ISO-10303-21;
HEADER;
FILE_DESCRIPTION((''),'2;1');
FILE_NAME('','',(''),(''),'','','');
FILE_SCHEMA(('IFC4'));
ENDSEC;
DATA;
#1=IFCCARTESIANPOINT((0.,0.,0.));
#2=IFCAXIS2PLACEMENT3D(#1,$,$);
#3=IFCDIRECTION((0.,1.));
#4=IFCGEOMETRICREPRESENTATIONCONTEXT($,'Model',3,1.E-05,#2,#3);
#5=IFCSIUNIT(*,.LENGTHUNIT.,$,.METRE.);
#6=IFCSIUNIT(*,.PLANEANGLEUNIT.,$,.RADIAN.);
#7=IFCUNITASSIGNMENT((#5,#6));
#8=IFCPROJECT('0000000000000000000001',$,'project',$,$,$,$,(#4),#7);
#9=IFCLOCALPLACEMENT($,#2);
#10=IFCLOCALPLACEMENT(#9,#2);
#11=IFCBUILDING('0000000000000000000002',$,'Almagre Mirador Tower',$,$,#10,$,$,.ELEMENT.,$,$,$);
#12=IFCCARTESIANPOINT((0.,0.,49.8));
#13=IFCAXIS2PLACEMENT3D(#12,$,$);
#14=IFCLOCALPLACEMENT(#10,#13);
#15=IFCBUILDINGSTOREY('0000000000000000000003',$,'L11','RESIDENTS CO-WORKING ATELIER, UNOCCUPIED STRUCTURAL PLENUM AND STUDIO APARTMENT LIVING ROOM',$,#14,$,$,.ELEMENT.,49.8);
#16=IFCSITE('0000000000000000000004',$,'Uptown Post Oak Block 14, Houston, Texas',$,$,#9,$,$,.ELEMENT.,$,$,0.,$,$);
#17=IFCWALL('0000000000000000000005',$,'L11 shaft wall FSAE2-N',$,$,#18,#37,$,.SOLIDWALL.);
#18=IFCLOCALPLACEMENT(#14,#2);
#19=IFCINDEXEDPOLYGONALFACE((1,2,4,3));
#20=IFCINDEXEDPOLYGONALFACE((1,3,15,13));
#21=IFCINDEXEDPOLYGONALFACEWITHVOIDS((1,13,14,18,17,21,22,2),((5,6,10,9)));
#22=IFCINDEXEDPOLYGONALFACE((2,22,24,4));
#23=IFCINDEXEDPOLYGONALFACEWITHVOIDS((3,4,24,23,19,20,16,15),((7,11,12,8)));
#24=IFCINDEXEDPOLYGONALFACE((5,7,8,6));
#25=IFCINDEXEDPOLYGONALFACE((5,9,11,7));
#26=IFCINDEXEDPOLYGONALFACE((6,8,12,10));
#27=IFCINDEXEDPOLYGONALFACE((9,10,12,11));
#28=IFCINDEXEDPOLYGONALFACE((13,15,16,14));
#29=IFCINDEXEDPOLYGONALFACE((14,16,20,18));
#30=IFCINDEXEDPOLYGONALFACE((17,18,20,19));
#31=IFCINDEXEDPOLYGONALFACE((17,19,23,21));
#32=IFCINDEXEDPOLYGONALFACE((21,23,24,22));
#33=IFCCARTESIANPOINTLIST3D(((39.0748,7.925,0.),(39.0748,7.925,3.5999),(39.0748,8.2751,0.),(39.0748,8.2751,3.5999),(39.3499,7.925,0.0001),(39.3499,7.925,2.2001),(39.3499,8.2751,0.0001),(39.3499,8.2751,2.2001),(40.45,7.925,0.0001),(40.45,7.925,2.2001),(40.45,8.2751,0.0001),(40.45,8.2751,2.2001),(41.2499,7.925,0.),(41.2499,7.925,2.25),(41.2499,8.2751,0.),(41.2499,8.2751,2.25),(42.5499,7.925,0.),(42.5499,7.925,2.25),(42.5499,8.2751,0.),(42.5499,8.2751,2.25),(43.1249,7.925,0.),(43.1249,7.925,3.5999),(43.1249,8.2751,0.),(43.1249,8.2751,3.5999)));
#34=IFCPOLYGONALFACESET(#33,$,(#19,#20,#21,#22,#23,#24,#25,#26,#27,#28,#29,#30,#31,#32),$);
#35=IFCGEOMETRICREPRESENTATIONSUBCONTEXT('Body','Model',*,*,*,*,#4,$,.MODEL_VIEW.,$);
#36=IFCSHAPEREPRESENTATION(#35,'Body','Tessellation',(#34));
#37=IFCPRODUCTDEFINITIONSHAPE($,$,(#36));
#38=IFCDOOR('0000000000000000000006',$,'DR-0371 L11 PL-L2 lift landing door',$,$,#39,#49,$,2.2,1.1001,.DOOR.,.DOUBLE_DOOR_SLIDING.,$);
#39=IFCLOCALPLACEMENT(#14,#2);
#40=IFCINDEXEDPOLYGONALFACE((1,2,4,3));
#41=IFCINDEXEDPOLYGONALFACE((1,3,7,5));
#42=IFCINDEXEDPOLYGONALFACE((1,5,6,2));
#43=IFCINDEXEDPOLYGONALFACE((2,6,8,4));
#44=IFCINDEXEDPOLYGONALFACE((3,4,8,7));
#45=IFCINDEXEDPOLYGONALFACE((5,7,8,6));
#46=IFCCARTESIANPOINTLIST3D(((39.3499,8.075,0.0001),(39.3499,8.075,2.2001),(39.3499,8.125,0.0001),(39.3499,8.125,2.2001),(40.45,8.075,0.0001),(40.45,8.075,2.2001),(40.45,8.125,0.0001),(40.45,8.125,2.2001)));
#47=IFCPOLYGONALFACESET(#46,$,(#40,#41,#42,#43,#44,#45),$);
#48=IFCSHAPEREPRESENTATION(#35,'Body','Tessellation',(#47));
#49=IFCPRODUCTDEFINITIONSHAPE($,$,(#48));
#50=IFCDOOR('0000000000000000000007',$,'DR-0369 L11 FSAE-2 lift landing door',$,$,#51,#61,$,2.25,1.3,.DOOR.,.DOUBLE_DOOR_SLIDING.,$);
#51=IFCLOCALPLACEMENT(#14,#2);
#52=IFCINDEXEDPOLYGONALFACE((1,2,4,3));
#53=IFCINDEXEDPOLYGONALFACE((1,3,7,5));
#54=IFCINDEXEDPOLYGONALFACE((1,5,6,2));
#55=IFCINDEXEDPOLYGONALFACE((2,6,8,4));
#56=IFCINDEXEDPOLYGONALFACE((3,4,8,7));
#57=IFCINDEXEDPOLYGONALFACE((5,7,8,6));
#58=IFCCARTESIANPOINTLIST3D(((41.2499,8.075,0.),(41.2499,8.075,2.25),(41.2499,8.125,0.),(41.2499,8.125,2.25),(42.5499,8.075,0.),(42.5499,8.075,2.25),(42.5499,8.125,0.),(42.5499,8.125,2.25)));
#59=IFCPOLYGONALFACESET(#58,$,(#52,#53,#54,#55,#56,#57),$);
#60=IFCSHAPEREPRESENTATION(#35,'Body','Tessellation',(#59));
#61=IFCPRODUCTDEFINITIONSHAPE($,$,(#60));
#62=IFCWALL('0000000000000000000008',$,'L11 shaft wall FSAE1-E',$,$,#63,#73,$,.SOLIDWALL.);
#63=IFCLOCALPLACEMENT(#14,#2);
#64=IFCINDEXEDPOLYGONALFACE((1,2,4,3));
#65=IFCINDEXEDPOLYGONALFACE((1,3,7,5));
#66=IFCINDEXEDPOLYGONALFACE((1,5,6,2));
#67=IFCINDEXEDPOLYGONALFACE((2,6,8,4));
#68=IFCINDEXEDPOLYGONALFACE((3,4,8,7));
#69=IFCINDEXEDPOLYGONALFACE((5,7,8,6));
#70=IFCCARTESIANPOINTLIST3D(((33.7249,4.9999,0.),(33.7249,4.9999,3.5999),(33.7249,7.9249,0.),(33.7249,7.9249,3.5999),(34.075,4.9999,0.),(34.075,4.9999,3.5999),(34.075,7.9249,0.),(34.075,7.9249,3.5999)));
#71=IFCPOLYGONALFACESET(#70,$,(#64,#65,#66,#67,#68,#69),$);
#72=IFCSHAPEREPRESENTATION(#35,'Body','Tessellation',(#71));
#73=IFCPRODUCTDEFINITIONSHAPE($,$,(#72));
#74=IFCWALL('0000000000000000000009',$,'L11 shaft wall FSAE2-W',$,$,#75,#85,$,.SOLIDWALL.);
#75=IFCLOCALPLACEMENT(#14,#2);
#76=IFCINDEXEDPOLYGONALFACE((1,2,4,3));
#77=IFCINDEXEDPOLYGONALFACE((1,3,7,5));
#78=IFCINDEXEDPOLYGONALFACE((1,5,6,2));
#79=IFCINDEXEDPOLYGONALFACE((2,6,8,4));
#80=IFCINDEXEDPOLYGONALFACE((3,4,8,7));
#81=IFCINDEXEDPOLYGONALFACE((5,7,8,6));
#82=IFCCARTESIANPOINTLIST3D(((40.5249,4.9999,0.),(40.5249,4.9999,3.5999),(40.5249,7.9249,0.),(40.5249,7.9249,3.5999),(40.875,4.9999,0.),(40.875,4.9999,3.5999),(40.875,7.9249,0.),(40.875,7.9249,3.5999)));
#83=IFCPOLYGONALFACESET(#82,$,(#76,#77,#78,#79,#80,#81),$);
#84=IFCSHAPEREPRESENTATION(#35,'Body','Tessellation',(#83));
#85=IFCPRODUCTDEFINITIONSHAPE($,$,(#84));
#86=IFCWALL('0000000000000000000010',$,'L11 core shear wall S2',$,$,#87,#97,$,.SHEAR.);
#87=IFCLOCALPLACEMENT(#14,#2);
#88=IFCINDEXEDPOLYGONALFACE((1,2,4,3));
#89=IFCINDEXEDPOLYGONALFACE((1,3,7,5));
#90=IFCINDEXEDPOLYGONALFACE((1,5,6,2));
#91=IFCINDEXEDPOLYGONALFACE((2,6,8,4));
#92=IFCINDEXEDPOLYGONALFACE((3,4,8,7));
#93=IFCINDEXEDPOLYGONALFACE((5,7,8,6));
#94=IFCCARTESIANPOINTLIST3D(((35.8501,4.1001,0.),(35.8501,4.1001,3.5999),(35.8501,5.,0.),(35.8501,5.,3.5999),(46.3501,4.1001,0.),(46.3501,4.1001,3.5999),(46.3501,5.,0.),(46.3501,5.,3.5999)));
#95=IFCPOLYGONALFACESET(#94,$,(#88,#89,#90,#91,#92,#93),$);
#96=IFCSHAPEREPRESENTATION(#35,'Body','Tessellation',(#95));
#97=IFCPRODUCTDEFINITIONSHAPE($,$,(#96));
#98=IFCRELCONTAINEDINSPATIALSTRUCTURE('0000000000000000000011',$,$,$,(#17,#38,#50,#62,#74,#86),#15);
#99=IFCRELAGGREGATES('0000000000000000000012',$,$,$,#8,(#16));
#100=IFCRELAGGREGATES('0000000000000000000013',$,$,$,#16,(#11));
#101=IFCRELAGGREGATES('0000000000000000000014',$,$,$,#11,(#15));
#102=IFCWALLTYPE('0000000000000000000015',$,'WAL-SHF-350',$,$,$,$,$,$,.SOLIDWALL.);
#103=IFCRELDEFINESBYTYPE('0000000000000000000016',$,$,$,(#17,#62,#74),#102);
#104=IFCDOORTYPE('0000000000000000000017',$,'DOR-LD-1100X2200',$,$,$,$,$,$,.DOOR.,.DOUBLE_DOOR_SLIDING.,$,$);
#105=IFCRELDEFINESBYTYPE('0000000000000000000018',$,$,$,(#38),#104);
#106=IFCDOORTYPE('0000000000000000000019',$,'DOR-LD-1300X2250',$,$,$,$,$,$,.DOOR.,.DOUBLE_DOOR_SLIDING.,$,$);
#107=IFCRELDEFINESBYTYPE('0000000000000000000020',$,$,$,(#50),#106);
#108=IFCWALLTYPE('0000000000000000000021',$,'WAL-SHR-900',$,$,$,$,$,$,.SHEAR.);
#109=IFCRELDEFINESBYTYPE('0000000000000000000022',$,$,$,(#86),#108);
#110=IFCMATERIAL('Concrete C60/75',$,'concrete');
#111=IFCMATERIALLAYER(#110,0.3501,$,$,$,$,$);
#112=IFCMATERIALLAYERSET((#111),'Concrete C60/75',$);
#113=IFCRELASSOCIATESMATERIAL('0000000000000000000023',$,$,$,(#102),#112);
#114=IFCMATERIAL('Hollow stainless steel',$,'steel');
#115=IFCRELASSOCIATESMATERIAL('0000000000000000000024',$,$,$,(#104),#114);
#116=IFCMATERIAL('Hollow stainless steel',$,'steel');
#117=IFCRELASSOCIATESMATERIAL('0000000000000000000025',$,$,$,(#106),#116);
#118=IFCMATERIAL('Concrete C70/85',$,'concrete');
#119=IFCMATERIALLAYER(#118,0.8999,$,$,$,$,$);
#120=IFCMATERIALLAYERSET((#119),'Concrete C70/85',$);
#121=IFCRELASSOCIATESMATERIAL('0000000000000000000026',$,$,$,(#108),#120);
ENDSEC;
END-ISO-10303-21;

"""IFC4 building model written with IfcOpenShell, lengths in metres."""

from ifc_helpers import new_model, si_unit, direction, frame, frame_2d, origin, place, context, subcontext, project, spatial, rectangle, extrude, material, layer, layer_set, type_object, element, fill, save


model = new_model("IFC4")

# Units and contexts
model_context = context("Model", 3, precision=1e-05, world=origin(), true_north=direction((0.0, 1.0)))
body_context = subcontext(model_context, "Body", "Model", "MODEL_VIEW")
ifc_project = project(units=[si_unit("LENGTHUNIT", "METRE"), si_unit("PLANEANGLEUNIT", "RADIAN")], contexts=[model_context])

# Site, building, storey
site_placement = place(None, origin())
site = spatial("IfcSite", under=ifc_project, at=site_placement, Name="Uptown Post Oak Block 14, Houston, Texas", CompositionType="ELEMENT", RefElevation=0.0)
building_placement = place(site_placement, origin())
building = spatial("IfcBuilding", under=site, at=building_placement, Name="Almagre Mirador Tower", CompositionType="ELEMENT")
storey_placement = place(building_placement, frame((0.0, 0.0, 49.8)))
storey = spatial("IfcBuildingStorey", under=building, at=storey_placement, Name="L11", Description="RESIDENTS CO-WORKING ATELIER, UNOCCUPIED STRUCTURAL PLENUM AND STUDIO APARTMENT LIVING ROOM", CompositionType="ELEMENT", Elevation=49.8)

# Shared definitions
ifc_material_1 = material(Name="Concrete C60/75", Category="concrete")
ifc_layer_1 = layer(ifc_material_1, 0.3501)
ifc_layer_set_1 = layer_set([ifc_layer_1], Name="Concrete C60/75")
wall_type_1 = type_object("IfcWallType", Name="WAL-SHF-350", PredefinedType="SOLIDWALL", material=ifc_layer_set_1)

# Wall, openings, doors
wall_1_placement = place(storey_placement, frame((39.075, 8.1001, 0.0), z_axis=(0.0, 0.0, 1.0), x_axis=(1.0, 0.0, 0.0)))
wall_1 = element("IfcWall", 1, at=wall_1_placement, inside=storey, type_object=wall_type_1, Name="L11 shaft wall FSAE2-N", PredefinedType="SOLIDWALL", context=body_context, shape_type="SweptSolid", body=[
    extrude(rectangle(XDim=4.05, YDim=0.3501, at=frame_2d((2.0249, 0.0))), origin(), (0.0, 0.0, 1.0), 3.5999),
])
opening_1_placement = place(wall_1_placement, frame((2.175, 0.0, 0.0)))
opening_1 = element("IfcOpeningElement", 2, at=opening_1_placement, cuts=wall_1, PredefinedType="OPENING", context=body_context, shape_type="SweptSolid", body=[
    extrude(rectangle(XDim=1.3, YDim=2.25, at=frame_2d((0.6499, 1.125))), frame((0.0, 0.185, 0.0), z_axis=(0.0, -1.0, 0.0), x_axis=(1.0, 0.0, 0.0)), (0.0, 0.0, 1.0), 0.3701),
])
opening_2_placement = place(wall_1_placement, frame((0.2749, 0.0, 0.0)))
opening_2 = element("IfcOpeningElement", 3, at=opening_2_placement, cuts=wall_1, PredefinedType="OPENING", context=body_context, shape_type="SweptSolid", body=[
    extrude(rectangle(XDim=1.1001, YDim=2.2, at=frame_2d((0.55, 1.1001))), frame((0.0, 0.185, 0.0), z_axis=(0.0, -1.0, 0.0), x_axis=(1.0, 0.0, 0.0)), (0.0, 0.0, 1.0), 0.3701),
])
ifc_material_2 = material(Name="Hollow stainless steel", Category="steel")
door_type_1 = type_object("IfcDoorType", Name="DOR-LD-1100X2200", OperationType="DOUBLE_DOOR_SLIDING", PredefinedType="DOOR", material=ifc_material_2)
door_1_placement = place(opening_2_placement, origin())
door_1 = element("IfcDoor", 4, at=door_1_placement, inside=storey, type_object=door_type_1, Name="DR-0371 L11 PL-L2 lift landing door", OperationType="DOUBLE_DOOR_SLIDING", OverallHeight=2.2, OverallWidth=1.1001, PredefinedType="DOOR", context=body_context, shape_type="SweptSolid", body=[
    extrude(rectangle(XDim=1.1001, YDim=2.2, at=frame_2d((0.55, 1.1001))), frame((0.0, 0.0249, 0.0), z_axis=(0.0, -1.0, 0.0), x_axis=(1.0, 0.0, 0.0)), (0.0, 0.0, 1.0), 0.05),
])
fill(opening_2, door_1)
ifc_material_3 = material(Name="Hollow stainless steel", Category="steel")
door_type_2 = type_object("IfcDoorType", Name="DOR-LD-1300X2250", OperationType="DOUBLE_DOOR_SLIDING", PredefinedType="DOOR", material=ifc_material_3)
door_2_placement = place(opening_1_placement, origin())
door_2 = element("IfcDoor", 5, at=door_2_placement, inside=storey, type_object=door_type_2, Name="DR-0369 L11 FSAE-2 lift landing door", OperationType="DOUBLE_DOOR_SLIDING", OverallHeight=2.25, OverallWidth=1.3, PredefinedType="DOOR", context=body_context, shape_type="SweptSolid", body=[
    extrude(rectangle(XDim=1.3, YDim=2.25, at=frame_2d((0.6499, 1.125))), frame((0.0, 0.0249, 0.0), z_axis=(0.0, -1.0, 0.0), x_axis=(1.0, 0.0, 0.0)), (0.0, 0.0, 1.0), 0.05),
])
fill(opening_1, door_2)

# Walls
for number, where, z_axis, x_axis, name in (
    (6, (33.8999, 5.0, 0.0), (0.0, 0.0, 1.0), (0.0, 1.0, 0.0), "L11 shaft wall FSAE1-E"),
    (7, (40.7, 5.0, 0.0), (0.0, 0.0, 1.0), (0.0, 1.0, 0.0), "L11 shaft wall FSAE2-W"),
):
    element("IfcWall", number, at=place(storey_placement, frame(where, z_axis=z_axis, x_axis=x_axis)), inside=storey, type_object=wall_type_1, Name=name, PredefinedType="SOLIDWALL", context=body_context, shape_type="SweptSolid", body=[
        extrude(rectangle(XDim=2.925, YDim=0.3501, at=frame_2d((1.4624, 0.0))), origin(), (0.0, 0.0, 1.0), 3.5999),
    ])
ifc_material_4 = material(Name="Concrete C70/85", Category="concrete")
ifc_layer_2 = layer(ifc_material_4, 0.8999)
ifc_layer_set_2 = layer_set([ifc_layer_2], Name="Concrete C70/85")
wall_type_2 = type_object("IfcWallType", Name="WAL-SHR-900", PredefinedType="SHEAR", material=ifc_layer_set_2)
wall_2_placement = place(storey_placement, frame((35.8501, 4.55, 0.0), z_axis=(0.0, 0.0, 1.0), x_axis=(1.0, 0.0, 0.0)))
element("IfcWall", 8, at=wall_2_placement, inside=storey, type_object=wall_type_2, Name="L11 core shear wall S2", PredefinedType="SHEAR", context=body_context, shape_type="SweptSolid", body=[
    extrude(rectangle(XDim=10.5, YDim=0.8999, at=frame_2d((5.25, 0.0))), origin(), (0.0, 0.0, 1.0), 3.5999),
])

save(model, "model.ifc")
